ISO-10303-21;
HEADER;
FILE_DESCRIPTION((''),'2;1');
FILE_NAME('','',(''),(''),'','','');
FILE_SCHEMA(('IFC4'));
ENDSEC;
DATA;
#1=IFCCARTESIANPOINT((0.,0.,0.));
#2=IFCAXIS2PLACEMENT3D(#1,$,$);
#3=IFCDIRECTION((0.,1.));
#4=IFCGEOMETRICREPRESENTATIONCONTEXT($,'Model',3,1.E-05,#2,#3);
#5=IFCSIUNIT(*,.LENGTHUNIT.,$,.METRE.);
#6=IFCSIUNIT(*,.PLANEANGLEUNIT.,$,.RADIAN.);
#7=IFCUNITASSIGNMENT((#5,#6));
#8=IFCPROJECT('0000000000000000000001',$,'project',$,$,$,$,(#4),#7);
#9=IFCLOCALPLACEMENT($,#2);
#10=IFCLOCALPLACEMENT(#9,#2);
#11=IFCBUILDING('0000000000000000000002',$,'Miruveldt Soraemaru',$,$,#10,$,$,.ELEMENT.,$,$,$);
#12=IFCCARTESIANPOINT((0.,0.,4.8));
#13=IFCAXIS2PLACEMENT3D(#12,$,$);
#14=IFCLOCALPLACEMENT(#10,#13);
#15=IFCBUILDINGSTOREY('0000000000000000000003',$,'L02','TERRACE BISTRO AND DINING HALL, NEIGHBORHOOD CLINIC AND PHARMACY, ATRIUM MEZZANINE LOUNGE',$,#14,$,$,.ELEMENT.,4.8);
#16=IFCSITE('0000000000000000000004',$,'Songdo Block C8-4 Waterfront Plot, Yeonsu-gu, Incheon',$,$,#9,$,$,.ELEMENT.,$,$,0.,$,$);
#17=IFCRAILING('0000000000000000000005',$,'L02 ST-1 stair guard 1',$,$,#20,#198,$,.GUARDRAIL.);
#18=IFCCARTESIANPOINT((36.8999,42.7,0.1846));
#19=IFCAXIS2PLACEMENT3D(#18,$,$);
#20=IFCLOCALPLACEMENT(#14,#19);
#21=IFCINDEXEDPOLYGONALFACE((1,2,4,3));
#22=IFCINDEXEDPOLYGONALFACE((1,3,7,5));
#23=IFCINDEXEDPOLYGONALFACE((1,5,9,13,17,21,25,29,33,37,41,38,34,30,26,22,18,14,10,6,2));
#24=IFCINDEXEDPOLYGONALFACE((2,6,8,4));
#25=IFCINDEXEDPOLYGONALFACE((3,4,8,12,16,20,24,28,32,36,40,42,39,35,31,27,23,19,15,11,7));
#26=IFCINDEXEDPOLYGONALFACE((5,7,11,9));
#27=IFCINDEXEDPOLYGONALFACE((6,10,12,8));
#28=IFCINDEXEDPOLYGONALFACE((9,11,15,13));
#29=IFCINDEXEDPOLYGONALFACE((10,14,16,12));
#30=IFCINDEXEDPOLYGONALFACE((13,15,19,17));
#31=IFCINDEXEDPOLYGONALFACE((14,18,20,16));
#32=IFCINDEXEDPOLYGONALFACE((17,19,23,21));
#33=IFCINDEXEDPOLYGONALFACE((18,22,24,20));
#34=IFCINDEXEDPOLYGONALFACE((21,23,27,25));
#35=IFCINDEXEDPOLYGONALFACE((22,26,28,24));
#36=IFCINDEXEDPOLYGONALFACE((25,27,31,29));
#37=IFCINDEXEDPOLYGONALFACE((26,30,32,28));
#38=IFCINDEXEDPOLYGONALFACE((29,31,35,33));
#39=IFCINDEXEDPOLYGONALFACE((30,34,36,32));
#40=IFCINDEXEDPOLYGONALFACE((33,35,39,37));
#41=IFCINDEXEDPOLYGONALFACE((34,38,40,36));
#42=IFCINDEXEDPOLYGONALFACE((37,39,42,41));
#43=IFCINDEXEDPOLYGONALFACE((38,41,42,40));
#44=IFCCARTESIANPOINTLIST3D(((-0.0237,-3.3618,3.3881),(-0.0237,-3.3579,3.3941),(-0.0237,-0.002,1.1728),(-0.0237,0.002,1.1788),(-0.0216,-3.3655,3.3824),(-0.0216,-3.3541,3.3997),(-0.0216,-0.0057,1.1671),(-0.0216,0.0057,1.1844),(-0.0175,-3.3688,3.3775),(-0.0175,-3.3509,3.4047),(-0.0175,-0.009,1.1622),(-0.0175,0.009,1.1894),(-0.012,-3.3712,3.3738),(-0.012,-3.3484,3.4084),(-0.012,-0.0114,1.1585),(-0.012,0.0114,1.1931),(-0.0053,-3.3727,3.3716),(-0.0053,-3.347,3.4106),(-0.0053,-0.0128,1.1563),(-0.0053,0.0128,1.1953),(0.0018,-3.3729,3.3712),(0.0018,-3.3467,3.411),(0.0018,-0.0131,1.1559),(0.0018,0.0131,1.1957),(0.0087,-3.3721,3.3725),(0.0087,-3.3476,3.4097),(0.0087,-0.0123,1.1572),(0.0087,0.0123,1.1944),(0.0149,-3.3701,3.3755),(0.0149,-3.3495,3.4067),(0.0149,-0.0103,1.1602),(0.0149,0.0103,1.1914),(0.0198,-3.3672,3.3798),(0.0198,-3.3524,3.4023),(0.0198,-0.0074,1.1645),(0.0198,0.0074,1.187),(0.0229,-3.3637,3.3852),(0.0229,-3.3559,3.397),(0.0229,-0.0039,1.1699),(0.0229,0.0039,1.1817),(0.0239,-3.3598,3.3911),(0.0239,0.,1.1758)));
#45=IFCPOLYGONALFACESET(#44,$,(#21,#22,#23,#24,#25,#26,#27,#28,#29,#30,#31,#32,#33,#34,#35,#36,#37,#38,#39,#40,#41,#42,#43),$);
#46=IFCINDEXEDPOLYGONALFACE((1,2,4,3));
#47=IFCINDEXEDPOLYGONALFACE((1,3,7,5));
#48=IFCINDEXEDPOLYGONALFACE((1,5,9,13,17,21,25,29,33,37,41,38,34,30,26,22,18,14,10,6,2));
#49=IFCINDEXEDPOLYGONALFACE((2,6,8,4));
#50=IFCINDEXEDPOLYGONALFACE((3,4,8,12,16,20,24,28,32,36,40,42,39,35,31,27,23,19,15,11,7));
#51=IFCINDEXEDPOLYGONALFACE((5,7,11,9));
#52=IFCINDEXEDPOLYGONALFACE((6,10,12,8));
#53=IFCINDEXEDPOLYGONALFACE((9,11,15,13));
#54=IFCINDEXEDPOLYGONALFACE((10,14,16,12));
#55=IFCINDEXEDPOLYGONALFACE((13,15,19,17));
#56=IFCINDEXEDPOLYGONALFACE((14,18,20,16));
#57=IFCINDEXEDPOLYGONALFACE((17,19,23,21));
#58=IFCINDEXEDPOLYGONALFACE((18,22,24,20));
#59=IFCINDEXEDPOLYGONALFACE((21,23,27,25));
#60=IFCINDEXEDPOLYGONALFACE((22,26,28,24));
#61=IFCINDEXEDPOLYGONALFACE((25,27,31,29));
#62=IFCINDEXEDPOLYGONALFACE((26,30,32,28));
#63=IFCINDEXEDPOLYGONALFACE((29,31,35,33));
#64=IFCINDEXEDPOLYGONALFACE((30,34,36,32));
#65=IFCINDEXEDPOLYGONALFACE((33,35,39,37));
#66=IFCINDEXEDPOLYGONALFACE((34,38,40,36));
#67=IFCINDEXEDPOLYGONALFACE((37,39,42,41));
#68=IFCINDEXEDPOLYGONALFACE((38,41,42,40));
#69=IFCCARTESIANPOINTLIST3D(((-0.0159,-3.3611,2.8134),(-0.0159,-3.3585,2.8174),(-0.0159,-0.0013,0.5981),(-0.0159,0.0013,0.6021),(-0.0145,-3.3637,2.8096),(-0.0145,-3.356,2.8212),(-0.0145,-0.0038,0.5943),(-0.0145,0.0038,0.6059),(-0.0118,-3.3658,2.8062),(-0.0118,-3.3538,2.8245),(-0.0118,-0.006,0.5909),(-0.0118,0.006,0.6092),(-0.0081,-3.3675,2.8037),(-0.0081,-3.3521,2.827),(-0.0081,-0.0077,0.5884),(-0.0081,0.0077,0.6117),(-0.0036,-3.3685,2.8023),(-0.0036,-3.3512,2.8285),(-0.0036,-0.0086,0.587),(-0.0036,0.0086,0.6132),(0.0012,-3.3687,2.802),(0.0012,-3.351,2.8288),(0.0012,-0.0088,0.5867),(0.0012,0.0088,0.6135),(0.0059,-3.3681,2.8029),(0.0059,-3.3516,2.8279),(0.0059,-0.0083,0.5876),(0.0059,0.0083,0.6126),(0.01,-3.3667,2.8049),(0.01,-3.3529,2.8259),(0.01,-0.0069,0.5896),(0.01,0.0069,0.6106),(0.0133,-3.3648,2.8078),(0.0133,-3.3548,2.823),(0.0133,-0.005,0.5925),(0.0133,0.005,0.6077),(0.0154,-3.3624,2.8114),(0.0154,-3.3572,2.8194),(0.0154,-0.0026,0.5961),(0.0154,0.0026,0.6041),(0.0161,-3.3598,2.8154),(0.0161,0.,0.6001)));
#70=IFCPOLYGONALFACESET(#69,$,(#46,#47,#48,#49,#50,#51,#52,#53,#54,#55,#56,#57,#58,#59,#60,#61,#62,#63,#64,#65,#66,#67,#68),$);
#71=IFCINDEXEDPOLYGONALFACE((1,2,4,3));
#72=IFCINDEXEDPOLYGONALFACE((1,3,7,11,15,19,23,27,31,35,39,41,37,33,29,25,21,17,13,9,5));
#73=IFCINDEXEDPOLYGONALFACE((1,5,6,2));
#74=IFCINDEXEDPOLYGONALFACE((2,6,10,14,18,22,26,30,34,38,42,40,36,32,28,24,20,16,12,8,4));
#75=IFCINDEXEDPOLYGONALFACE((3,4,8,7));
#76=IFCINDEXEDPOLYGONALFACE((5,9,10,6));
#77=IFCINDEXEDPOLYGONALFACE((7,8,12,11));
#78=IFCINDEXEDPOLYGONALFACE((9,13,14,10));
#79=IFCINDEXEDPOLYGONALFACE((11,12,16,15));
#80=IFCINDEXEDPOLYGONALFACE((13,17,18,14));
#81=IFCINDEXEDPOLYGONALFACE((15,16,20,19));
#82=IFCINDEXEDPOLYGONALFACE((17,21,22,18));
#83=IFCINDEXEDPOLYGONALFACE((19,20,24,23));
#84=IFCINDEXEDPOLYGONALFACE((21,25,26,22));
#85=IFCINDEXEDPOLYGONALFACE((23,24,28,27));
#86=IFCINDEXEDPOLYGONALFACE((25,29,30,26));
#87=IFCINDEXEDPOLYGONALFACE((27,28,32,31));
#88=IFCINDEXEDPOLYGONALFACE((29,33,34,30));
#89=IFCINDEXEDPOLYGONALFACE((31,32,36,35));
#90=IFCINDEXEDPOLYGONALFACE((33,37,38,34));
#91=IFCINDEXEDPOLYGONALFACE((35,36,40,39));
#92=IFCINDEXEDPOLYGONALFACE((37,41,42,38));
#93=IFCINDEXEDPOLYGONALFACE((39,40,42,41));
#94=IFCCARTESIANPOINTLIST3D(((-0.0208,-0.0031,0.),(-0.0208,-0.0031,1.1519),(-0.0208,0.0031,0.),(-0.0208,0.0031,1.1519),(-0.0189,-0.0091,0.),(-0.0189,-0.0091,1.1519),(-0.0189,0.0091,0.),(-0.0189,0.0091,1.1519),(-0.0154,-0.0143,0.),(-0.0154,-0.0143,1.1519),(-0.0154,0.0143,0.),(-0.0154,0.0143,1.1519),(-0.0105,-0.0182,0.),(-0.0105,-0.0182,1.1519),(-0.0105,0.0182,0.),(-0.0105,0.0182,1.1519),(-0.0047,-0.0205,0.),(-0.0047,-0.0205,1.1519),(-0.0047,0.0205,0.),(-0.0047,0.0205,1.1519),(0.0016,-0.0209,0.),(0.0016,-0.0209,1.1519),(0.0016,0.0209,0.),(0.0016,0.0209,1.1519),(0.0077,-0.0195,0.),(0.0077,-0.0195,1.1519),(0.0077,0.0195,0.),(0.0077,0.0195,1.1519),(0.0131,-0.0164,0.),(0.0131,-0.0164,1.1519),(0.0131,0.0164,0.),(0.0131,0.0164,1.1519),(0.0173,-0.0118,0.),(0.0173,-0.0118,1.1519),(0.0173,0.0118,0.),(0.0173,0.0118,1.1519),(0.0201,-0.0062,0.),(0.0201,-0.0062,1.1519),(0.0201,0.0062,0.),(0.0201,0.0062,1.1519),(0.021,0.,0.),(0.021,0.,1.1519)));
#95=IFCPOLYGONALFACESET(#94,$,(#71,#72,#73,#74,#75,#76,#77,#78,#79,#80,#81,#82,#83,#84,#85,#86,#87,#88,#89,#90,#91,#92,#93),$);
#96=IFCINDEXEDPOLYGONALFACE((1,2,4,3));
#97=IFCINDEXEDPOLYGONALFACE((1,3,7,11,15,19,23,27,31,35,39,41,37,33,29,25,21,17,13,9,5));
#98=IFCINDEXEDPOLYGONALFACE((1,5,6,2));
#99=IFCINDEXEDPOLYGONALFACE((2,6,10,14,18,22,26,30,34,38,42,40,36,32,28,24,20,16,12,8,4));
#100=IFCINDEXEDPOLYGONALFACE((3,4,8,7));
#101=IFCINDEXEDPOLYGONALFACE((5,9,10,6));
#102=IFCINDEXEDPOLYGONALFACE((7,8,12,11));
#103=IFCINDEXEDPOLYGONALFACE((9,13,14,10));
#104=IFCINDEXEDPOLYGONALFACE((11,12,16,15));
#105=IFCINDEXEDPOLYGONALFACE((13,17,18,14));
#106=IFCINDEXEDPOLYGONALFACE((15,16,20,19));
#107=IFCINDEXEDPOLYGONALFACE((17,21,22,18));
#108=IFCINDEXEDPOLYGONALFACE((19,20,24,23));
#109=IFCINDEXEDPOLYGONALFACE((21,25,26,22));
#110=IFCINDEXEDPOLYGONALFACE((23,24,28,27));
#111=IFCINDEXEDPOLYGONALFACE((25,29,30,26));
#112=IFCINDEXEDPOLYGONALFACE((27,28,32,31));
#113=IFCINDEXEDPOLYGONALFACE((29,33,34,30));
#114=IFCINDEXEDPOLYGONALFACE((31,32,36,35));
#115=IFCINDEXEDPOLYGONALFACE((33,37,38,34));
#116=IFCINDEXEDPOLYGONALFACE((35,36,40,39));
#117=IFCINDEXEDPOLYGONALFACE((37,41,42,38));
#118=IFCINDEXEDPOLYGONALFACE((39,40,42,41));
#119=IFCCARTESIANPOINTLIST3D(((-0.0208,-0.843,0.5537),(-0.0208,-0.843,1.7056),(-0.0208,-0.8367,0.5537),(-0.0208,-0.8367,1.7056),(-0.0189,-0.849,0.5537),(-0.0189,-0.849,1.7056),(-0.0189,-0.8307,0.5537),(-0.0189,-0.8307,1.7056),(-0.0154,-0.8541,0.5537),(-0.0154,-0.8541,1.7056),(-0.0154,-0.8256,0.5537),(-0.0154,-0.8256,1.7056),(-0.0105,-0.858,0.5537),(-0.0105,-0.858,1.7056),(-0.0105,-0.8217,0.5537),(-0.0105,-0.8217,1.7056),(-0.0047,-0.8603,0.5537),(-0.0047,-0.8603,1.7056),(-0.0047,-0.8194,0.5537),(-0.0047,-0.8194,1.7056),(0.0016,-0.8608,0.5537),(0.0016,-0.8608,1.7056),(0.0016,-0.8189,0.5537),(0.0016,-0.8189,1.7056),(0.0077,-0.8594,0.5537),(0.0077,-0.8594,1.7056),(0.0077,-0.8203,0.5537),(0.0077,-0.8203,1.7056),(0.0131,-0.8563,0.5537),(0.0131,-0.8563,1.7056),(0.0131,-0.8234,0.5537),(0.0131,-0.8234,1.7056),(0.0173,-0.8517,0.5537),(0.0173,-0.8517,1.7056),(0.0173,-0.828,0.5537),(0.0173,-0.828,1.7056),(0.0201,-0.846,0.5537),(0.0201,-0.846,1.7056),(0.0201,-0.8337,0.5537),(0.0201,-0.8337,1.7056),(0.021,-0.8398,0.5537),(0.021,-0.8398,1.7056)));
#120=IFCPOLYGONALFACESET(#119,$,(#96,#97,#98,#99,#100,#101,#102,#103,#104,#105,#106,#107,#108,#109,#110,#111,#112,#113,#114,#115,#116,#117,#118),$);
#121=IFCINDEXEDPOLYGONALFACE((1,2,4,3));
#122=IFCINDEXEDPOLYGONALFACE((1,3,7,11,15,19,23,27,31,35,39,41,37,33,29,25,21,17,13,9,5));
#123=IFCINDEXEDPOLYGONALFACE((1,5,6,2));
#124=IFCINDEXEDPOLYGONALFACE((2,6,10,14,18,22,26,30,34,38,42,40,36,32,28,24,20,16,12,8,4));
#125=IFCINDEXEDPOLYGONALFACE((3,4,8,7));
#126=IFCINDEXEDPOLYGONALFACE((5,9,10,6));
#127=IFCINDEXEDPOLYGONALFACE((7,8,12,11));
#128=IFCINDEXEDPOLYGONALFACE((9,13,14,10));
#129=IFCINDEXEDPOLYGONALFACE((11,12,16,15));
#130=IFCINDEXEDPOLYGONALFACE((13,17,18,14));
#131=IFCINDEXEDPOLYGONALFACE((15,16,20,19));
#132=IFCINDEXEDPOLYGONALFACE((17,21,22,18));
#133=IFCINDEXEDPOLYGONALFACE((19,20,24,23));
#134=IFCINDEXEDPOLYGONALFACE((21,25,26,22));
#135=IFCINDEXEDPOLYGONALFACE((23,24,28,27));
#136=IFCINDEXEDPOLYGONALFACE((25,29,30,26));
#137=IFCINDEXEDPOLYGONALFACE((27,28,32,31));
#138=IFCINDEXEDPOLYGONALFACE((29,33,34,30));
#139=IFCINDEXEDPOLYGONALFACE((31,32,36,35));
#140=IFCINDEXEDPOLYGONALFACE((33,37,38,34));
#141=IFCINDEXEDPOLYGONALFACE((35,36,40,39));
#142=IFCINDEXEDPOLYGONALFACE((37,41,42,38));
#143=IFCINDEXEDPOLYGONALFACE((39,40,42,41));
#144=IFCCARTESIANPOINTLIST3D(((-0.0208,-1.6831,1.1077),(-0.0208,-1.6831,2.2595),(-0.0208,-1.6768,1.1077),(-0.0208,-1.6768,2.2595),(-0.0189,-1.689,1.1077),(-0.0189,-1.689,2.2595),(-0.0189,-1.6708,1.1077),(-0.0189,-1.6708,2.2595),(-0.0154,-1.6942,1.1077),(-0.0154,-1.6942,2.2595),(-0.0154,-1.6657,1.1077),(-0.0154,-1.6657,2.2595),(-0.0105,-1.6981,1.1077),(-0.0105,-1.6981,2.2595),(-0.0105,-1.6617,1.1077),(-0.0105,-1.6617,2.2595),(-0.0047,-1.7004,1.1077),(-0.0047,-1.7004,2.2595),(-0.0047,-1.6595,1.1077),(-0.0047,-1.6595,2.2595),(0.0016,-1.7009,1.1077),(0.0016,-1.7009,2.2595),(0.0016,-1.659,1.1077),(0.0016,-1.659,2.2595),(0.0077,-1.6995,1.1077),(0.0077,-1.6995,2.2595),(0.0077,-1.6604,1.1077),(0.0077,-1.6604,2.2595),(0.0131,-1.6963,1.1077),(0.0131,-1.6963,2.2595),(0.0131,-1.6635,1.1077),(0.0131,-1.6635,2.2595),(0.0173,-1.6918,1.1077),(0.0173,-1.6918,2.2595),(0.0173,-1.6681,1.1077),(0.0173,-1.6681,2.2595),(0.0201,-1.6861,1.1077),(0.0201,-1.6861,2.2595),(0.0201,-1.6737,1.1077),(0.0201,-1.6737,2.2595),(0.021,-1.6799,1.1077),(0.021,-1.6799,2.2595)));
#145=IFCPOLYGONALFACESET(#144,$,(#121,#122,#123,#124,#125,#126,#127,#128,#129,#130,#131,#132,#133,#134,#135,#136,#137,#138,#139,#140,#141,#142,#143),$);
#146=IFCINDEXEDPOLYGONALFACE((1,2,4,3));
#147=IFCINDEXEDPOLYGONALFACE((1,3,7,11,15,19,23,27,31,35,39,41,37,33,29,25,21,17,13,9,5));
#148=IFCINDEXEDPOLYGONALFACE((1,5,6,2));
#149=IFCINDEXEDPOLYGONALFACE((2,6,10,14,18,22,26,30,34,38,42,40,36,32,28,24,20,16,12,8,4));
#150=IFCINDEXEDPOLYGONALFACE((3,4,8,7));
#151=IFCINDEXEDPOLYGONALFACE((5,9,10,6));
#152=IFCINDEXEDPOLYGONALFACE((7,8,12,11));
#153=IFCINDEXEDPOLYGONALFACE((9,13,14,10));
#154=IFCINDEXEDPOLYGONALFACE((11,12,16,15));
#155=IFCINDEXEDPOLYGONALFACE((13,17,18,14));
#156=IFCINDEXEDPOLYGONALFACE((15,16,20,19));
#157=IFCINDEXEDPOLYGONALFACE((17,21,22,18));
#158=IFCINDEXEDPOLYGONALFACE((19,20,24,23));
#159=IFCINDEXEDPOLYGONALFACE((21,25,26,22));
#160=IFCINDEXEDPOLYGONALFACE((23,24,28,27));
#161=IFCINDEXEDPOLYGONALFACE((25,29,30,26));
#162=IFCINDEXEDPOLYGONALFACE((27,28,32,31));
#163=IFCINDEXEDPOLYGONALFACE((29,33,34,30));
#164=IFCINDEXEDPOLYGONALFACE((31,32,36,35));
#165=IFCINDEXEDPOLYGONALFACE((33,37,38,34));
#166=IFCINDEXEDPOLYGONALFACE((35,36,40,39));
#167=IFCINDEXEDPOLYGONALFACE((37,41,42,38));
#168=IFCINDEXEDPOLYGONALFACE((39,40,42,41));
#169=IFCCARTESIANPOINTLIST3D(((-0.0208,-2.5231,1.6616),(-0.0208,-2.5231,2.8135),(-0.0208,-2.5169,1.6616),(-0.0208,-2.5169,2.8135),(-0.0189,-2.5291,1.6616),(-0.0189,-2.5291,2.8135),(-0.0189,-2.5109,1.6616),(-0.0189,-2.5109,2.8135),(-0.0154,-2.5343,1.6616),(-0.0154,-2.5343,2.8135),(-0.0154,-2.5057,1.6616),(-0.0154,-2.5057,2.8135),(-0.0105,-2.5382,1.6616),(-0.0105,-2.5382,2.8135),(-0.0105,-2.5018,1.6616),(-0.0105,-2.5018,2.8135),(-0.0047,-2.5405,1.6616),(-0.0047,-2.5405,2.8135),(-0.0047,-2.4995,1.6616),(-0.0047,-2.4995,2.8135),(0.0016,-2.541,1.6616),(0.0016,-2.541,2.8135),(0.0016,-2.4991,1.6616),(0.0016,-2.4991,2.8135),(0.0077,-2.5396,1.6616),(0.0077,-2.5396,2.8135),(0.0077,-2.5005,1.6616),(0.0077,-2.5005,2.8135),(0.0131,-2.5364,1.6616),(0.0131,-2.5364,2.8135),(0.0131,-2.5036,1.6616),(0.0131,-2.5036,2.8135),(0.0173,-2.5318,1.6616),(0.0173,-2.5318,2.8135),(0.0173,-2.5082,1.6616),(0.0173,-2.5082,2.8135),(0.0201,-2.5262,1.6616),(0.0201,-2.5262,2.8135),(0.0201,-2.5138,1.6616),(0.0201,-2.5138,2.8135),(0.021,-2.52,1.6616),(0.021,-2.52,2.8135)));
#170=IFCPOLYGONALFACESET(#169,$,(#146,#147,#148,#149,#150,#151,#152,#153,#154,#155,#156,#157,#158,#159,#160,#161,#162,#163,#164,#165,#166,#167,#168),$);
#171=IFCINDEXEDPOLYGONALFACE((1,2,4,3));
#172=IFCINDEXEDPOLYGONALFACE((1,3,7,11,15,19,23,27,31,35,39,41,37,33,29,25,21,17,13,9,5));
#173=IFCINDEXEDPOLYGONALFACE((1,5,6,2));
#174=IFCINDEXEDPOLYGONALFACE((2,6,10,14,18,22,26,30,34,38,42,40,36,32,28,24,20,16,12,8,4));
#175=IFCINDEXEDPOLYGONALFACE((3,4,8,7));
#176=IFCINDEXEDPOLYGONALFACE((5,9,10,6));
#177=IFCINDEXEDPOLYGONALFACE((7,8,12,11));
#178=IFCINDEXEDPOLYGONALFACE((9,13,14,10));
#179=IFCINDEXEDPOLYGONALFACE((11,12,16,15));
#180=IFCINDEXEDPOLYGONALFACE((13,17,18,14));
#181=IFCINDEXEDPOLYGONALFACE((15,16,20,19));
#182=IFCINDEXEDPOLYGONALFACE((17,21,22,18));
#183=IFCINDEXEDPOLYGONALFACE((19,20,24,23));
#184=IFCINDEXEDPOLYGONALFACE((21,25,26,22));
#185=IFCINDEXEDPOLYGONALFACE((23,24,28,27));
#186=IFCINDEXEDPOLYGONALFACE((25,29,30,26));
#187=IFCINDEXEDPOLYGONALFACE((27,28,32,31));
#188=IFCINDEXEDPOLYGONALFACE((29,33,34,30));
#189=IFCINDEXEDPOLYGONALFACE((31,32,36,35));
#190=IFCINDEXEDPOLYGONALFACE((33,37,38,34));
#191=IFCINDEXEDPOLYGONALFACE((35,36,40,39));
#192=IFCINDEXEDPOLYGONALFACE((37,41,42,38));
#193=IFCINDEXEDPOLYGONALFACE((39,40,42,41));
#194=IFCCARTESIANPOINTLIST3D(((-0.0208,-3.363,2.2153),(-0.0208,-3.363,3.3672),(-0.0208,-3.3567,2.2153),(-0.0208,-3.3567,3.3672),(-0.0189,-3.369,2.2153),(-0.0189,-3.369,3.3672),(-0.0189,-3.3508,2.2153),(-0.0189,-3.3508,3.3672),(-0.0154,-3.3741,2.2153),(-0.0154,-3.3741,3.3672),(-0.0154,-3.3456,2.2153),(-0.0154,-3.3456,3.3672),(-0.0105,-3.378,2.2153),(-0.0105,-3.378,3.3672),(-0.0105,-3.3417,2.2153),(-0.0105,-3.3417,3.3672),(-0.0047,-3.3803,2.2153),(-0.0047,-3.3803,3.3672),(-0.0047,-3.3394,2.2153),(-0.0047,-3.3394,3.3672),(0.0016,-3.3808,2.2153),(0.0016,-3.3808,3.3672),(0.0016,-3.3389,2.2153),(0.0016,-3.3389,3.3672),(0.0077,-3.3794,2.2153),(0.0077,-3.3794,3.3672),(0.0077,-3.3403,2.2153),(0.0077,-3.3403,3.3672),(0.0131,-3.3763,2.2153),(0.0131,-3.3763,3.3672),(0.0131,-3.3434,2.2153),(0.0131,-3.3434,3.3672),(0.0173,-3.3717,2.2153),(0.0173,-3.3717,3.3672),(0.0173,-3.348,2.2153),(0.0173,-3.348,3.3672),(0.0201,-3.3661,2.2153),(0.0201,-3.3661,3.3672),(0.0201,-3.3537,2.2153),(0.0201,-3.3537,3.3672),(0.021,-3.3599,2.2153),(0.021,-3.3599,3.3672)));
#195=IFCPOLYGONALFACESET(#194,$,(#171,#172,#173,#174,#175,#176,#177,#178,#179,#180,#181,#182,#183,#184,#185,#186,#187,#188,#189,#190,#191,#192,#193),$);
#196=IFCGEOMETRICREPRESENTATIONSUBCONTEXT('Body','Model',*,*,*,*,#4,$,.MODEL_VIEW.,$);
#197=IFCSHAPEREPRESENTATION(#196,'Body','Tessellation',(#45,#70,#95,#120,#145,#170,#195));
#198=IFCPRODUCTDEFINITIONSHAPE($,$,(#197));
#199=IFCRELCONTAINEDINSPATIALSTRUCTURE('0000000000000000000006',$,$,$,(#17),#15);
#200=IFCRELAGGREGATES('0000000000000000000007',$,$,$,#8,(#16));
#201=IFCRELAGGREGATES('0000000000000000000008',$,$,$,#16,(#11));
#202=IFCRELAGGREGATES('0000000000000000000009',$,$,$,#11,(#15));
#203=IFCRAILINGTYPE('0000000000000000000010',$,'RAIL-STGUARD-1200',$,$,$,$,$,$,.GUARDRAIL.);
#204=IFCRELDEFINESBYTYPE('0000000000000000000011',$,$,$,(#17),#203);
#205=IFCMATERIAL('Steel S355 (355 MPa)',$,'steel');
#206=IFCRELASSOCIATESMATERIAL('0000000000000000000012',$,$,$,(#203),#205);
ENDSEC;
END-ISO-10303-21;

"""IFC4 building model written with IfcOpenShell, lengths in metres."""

from ifc_helpers import new_model, si_unit, direction, frame, origin, origin_2d, place, context, subcontext, project, spatial, circle, extrude, material, type_object, element, save


model = new_model("IFC4")

# Units and contexts
model_context = context("Model", 3, precision=1e-05, world=origin(), true_north=direction((0.0, 1.0)))
body_context = subcontext(model_context, "Body", "Model", "MODEL_VIEW")
ifc_project = project(units=[si_unit("LENGTHUNIT", "METRE"), si_unit("PLANEANGLEUNIT", "RADIAN")], contexts=[model_context])

# Site, building, storey
site_placement = place(None, origin())
site = spatial("IfcSite", under=ifc_project, at=site_placement, Name="Songdo Block C8-4 Waterfront Plot, Yeonsu-gu, Incheon", CompositionType="ELEMENT", RefElevation=0.0)
building_placement = place(site_placement, origin())
building = spatial("IfcBuilding", under=site, at=building_placement, Name="Miruveldt Soraemaru", CompositionType="ELEMENT")
storey_placement = place(building_placement, frame((0.0, 0.0, 4.8)))
storey = spatial("IfcBuildingStorey", under=building, at=storey_placement, Name="L02", Description="TERRACE BISTRO AND DINING HALL, NEIGHBORHOOD CLINIC AND PHARMACY, ATRIUM MEZZANINE LOUNGE", CompositionType="ELEMENT", Elevation=4.8)

# Railing
ifc_material_1 = material(Name="Steel S355 (355 MPa)", Category="steel")
railing_type = type_object("IfcRailingType", Name="RAIL-STGUARD-1200", PredefinedType="GUARDRAIL", material=ifc_material_1)
railing_1_placement = place(storey_placement, frame((36.8999, 42.7, 0.1846)))
element("IfcRailing", 1, at=railing_1_placement, inside=storey, type_object=railing_type, Name="L02 ST-1 stair guard 1", PredefinedType="GUARDRAIL", context=body_context, shape_type="SweptSolid", body=[
    extrude(circle(Radius=0.0239, at=origin_2d()), frame((0.0, 0.0, 1.1758), z_axis=(0.0, -0.834858, 0.550465), x_axis=(1.0, 0.0, 0.0)), (0.0, 0.0, 1.0), 4.0244),
    extrude(circle(Radius=0.0161, at=origin_2d()), frame((0.0, 0.0, 0.6001), z_axis=(0.0, -0.834858, 0.550465), x_axis=(1.0, 0.0, 0.0)), (0.0, 0.0, 1.0), 4.0244),
    extrude(circle(Radius=0.021, at=origin_2d()), origin(), (0.0, 0.0, 1.0), 1.1519),
    extrude(circle(Radius=0.021, at=origin_2d()), frame((0.0, -0.8398, 0.5537)), (0.0, 0.0, 1.0), 1.1519),
    extrude(circle(Radius=0.021, at=origin_2d()), frame((0.0, -1.6799, 1.1077)), (0.0, 0.0, 1.0), 1.1519),
    extrude(circle(Radius=0.021, at=origin_2d()), frame((0.0, -2.52, 1.6616)), (0.0, 0.0, 1.0), 1.1519),
    extrude(circle(Radius=0.021, at=origin_2d()), frame((0.0, -3.3599, 2.2153)), (0.0, 0.0, 1.0), 1.1519),
])

save(model, "model.ifc")
